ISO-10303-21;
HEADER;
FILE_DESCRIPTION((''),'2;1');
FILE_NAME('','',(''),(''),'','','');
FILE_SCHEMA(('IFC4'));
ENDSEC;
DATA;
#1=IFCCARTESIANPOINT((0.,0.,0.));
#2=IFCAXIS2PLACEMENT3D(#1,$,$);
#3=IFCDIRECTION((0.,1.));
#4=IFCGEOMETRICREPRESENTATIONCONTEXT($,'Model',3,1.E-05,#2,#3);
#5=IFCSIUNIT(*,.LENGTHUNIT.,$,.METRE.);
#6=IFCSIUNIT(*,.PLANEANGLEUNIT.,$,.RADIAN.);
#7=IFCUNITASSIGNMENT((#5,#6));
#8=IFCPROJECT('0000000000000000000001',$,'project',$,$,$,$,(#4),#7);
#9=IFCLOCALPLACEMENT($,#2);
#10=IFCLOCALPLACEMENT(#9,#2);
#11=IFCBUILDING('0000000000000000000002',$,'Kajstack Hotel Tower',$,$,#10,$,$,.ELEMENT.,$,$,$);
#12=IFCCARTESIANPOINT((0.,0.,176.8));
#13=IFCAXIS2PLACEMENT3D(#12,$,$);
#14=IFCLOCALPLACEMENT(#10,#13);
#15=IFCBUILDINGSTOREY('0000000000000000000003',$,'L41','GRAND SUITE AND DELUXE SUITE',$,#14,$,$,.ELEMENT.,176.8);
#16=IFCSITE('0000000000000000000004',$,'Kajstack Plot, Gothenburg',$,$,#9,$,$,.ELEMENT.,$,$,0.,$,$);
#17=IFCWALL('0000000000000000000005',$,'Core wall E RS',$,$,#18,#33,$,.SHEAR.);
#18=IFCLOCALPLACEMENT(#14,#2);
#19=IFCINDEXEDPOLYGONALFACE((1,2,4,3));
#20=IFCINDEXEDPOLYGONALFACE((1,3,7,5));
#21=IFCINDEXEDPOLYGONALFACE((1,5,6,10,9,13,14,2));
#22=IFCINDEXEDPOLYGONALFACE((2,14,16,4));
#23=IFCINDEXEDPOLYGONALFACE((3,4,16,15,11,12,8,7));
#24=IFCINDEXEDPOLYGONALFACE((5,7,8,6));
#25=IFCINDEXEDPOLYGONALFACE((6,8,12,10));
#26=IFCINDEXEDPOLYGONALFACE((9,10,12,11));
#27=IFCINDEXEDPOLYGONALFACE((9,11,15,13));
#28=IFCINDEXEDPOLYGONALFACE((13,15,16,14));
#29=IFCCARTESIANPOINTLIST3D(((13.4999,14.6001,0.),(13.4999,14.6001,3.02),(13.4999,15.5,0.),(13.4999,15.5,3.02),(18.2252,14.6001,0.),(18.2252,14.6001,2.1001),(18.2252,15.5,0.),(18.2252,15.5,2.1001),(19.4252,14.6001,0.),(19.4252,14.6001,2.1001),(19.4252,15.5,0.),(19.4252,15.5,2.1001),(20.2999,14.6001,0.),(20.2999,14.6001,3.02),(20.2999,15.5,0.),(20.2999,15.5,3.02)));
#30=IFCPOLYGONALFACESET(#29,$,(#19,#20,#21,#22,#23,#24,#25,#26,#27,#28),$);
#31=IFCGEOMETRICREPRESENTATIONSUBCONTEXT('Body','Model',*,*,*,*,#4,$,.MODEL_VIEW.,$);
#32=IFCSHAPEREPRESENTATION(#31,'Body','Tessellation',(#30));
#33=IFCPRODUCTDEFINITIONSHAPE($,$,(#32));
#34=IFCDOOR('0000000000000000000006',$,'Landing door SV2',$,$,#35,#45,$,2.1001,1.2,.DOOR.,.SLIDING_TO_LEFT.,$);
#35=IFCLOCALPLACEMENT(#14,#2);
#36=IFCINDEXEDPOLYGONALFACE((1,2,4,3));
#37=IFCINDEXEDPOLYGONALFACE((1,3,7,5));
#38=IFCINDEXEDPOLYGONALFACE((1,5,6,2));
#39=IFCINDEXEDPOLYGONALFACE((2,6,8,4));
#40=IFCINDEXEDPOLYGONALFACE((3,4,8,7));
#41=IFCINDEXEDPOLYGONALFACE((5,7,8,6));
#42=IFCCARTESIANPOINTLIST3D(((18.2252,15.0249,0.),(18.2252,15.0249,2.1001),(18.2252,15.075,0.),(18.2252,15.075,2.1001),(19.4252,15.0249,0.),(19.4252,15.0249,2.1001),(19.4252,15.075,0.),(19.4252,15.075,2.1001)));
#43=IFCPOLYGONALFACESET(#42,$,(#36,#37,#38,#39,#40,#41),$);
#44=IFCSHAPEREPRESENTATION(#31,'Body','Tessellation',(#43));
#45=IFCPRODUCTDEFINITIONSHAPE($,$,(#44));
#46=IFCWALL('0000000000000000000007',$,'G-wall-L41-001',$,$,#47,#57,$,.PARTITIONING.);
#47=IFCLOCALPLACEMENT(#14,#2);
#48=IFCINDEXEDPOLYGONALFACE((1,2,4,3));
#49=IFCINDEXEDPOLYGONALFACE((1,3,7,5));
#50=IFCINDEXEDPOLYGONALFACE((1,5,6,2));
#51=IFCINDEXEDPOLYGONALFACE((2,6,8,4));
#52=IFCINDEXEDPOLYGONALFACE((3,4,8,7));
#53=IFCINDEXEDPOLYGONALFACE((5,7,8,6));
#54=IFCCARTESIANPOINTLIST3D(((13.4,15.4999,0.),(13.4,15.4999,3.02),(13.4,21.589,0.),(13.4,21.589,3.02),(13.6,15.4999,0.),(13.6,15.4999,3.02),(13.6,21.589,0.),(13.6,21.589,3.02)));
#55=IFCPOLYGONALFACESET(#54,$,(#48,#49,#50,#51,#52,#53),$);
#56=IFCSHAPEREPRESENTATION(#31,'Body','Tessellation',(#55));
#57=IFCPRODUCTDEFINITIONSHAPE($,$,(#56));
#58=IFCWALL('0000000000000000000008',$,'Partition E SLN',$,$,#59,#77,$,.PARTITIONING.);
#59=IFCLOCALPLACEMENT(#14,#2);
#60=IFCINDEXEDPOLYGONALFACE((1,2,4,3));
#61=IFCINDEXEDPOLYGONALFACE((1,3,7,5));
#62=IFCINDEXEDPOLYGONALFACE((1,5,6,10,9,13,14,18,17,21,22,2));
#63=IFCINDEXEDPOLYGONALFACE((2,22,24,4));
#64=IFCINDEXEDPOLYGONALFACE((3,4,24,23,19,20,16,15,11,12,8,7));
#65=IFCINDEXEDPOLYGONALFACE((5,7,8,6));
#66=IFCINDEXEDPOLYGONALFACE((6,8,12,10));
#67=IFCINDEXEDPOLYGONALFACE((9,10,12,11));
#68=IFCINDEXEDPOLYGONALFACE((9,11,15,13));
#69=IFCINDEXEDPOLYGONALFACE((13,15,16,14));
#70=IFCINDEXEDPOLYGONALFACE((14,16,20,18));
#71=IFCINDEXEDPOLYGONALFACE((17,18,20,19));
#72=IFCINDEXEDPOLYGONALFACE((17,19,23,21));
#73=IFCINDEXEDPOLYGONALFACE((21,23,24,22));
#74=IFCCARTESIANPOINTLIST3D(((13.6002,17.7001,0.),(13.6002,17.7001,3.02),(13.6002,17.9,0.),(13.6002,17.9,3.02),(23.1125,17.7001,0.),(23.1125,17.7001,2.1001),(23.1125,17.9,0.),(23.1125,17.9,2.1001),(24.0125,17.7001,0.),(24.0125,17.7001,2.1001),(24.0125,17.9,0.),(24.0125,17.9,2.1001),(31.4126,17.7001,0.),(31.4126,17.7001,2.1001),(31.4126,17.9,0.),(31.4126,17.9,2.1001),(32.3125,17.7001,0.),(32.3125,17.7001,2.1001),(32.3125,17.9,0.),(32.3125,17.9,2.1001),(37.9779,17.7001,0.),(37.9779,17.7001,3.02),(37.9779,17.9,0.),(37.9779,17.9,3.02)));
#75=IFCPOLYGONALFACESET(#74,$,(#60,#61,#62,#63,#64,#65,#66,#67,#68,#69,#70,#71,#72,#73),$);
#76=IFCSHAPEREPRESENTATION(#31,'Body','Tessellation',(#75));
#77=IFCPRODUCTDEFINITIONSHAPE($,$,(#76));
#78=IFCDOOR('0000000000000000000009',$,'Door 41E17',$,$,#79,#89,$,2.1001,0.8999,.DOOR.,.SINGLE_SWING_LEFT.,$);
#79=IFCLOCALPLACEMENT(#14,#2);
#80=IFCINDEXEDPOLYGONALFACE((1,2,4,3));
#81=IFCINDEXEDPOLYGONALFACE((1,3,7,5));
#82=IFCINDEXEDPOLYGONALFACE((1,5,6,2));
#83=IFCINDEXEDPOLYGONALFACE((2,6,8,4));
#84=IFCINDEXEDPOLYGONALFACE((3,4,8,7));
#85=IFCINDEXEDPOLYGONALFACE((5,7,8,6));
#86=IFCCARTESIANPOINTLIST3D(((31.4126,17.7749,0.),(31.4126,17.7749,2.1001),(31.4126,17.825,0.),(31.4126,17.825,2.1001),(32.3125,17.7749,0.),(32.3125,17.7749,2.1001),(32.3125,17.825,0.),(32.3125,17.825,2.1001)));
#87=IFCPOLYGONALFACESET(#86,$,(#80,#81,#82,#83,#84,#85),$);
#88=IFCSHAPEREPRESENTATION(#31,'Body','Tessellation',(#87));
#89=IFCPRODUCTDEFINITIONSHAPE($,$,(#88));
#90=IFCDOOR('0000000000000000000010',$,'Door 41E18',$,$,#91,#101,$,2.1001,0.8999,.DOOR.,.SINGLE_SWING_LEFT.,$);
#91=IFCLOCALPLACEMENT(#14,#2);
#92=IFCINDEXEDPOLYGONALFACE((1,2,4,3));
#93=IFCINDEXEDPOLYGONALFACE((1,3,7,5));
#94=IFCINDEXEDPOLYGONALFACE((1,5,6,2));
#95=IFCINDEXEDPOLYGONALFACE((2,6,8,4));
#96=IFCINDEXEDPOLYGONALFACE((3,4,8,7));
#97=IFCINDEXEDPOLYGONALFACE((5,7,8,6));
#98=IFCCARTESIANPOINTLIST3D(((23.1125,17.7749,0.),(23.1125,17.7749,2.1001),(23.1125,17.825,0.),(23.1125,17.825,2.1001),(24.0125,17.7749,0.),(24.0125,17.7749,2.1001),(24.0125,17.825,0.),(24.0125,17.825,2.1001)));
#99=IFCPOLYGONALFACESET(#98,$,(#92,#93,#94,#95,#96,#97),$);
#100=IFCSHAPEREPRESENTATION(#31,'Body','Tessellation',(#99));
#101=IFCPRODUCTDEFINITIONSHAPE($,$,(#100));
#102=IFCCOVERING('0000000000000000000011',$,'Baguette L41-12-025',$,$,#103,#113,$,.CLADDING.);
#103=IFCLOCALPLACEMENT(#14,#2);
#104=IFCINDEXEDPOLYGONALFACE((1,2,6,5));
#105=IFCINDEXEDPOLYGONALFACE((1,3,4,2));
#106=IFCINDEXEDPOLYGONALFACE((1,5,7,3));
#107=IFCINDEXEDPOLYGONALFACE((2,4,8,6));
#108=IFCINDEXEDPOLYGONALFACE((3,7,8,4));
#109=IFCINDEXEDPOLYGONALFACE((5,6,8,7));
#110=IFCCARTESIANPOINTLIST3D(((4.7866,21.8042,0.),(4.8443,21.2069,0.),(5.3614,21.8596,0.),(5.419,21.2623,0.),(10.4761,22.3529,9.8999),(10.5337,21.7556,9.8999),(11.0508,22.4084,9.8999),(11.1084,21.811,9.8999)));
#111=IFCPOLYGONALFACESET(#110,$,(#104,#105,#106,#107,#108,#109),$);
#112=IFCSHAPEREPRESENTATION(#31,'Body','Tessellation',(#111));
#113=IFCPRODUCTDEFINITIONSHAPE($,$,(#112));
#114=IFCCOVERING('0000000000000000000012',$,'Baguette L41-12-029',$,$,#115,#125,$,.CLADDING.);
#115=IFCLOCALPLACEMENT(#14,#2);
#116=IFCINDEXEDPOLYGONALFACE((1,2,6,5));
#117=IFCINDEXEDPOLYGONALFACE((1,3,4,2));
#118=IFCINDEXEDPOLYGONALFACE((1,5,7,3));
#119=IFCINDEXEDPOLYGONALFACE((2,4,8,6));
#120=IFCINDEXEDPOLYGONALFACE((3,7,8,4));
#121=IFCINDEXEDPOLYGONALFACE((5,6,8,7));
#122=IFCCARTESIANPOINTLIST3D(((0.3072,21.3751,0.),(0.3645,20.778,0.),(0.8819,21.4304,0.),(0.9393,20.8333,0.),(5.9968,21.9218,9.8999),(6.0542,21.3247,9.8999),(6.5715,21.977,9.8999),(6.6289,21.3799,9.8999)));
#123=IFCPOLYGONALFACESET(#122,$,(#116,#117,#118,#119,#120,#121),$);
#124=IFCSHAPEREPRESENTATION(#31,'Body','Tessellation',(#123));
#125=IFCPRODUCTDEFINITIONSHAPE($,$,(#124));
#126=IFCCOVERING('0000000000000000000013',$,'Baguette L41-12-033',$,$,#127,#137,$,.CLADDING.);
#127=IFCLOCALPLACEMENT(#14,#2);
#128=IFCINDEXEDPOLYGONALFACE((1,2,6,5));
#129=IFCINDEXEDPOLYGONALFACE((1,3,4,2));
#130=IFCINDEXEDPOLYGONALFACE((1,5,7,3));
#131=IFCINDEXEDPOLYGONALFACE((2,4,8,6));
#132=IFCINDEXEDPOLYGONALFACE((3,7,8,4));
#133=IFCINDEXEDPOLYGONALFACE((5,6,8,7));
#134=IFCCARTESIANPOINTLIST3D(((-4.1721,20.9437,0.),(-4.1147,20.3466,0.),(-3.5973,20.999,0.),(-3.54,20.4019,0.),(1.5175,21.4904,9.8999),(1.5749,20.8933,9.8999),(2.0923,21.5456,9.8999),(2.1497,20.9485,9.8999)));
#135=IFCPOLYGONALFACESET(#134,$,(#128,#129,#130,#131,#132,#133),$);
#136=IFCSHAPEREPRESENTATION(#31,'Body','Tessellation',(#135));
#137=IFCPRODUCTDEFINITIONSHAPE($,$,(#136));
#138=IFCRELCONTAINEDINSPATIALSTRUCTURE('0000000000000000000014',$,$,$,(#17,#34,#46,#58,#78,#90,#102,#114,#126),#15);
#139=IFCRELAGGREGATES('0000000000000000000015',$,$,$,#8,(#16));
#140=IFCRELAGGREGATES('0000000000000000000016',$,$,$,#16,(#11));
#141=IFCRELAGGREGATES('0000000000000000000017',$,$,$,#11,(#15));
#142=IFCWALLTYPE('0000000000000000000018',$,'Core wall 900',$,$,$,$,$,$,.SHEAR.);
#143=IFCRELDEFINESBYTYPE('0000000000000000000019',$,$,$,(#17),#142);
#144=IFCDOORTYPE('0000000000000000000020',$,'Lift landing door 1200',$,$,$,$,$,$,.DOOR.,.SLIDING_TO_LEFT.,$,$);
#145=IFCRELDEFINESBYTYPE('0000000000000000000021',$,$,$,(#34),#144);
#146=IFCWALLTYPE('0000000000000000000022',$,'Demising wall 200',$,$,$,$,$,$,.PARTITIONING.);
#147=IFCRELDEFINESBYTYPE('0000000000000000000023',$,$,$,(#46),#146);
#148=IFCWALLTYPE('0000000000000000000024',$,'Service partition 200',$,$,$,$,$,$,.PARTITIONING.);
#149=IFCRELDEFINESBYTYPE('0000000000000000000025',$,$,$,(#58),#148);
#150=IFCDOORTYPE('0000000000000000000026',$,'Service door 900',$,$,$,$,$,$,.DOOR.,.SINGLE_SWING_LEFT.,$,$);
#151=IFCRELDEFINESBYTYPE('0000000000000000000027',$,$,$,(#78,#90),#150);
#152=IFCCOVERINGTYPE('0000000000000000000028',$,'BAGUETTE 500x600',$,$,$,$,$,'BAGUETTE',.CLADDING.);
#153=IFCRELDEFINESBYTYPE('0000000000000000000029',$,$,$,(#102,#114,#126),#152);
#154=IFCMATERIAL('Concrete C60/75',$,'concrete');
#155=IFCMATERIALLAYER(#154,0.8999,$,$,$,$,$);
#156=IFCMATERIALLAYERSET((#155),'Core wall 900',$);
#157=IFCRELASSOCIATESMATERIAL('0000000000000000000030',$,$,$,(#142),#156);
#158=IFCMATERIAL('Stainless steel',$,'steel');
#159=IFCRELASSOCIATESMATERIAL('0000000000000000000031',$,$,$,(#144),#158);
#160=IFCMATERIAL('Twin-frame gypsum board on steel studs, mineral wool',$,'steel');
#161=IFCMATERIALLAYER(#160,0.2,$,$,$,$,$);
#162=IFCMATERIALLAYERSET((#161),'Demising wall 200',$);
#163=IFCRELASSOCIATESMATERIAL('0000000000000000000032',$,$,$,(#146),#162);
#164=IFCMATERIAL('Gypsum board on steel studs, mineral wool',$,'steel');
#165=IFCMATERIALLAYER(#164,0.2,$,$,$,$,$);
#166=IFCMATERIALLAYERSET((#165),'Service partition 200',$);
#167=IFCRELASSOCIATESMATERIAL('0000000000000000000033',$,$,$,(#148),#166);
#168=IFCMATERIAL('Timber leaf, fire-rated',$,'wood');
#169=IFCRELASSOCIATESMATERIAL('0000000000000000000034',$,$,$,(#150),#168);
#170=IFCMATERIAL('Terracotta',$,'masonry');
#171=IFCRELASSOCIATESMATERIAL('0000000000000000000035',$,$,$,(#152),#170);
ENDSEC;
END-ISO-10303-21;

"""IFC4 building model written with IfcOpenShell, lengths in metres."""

from ifc_helpers import new_model, si_unit, direction, frame, frame_2d, origin, origin_2d, place, context, subcontext, project, spatial, polyline, rectangle, outline, extrude, material, layer, layer_set, material_profile, profile_set, type_object, element, fill, save


model = new_model("IFC4")

# Units and contexts
model_context = context("Model", 3, precision=1e-05, world=origin(), true_north=direction((0.0, 1.0)))
body_context = subcontext(model_context, "Body", "Model", "MODEL_VIEW")
ifc_project = project(units=[si_unit("LENGTHUNIT", "METRE"), si_unit("PLANEANGLEUNIT", "RADIAN")], contexts=[model_context])

# Site, building, storey
site_placement = place(None, origin())
site = spatial("IfcSite", under=ifc_project, at=site_placement, Name="Kajstack Plot, Gothenburg", CompositionType="ELEMENT", RefElevation=0.0)
building_placement = place(site_placement, origin())
building = spatial("IfcBuilding", under=site, at=building_placement, Name="Kajstack Hotel Tower", CompositionType="ELEMENT")
storey_placement = place(building_placement, frame((0.0, 0.0, 176.8)))
storey = spatial("IfcBuildingStorey", under=building, at=storey_placement, Name="L41", Description="GRAND SUITE AND DELUXE SUITE", CompositionType="ELEMENT", Elevation=176.8)

# Wall, opening, door
ifc_material_1 = material(Name="Concrete C60/75", Category="concrete")
ifc_layer_1 = layer(ifc_material_1, 0.8999)
ifc_layer_set_1 = layer_set([ifc_layer_1], Name="Core wall 900")
wall_type_1 = type_object("IfcWallType", Name="Core wall 900", PredefinedType="SHEAR", material=ifc_layer_set_1)
wall_1_placement = place(storey_placement, frame((13.5, 15.05, 0.0), z_axis=(0.0, 0.0, 1.0), x_axis=(1.0, 0.0, 0.0)))
wall_1 = element("IfcWall", 1, at=wall_1_placement, inside=storey, type_object=wall_type_1, Name="Core wall E RS", PredefinedType="SHEAR", context=body_context, shape_type="SweptSolid", body=[
    extrude(rectangle(XDim=6.8, YDim=0.8999, at=frame_2d((3.3999, 0.0))), origin(), (0.0, 0.0, 1.0), 3.02),
])
opening_1_placement = place(wall_1_placement, frame((4.7251, 0.0, 0.0)))
opening_1 = element("IfcOpeningElement", 2, at=opening_1_placement, cuts=wall_1, PredefinedType="OPENING", context=body_context, shape_type="SweptSolid", body=[
    extrude(rectangle(XDim=1.2, YDim=2.1001, at=frame_2d((0.6001, 1.05))), frame((0.0, 0.46, 0.0), z_axis=(0.0, -1.0, 0.0), x_axis=(1.0, 0.0, 0.0)), (0.0, 0.0, 1.0), 0.9199),
])
ifc_material_2 = material(Name="Stainless steel", Category="steel")
door_type_1 = type_object("IfcDoorType", Name="Lift landing door 1200", OperationType="SLIDING_TO_LEFT", PredefinedType="DOOR", material=ifc_material_2)
door_1_placement = place(opening_1_placement, origin())
door_1 = element("IfcDoor", 3, at=door_1_placement, inside=storey, type_object=door_type_1, Name="Landing door SV2", OperationType="SLIDING_TO_LEFT", OverallHeight=2.1001, OverallWidth=1.2, PredefinedType="DOOR", context=body_context, shape_type="SweptSolid", body=[
    extrude(rectangle(XDim=1.2, YDim=2.1001, at=frame_2d((0.6001, 1.05))), frame((0.0, 0.0249, 0.0), z_axis=(0.0, -1.0, 0.0), x_axis=(1.0, 0.0, 0.0)), (0.0, 0.0, 1.0), 0.05),
])
fill(opening_1, door_1)

# Wall
ifc_material_3 = material(Name="Twin-frame gypsum board on steel studs, mineral wool", Category="steel")
ifc_layer_2 = layer(ifc_material_3, 0.2)
ifc_layer_set_2 = layer_set([ifc_layer_2], Name="Demising wall 200")
wall_type_2 = type_object("IfcWallType", Name="Demising wall 200", PredefinedType="PARTITIONING", material=ifc_layer_set_2)
wall_2_placement = place(storey_placement, frame((13.5, 15.5, 0.0), z_axis=(0.0, 0.0, 1.0), x_axis=(0.0, 1.0, 0.0)))
element("IfcWall", 4, at=wall_2_placement, inside=storey, type_object=wall_type_2, Name="G-wall-L41-001", PredefinedType="PARTITIONING", context=body_context, shape_type="SweptSolid", body=[
    extrude(rectangle(XDim=6.0891, YDim=0.2, at=frame_2d((3.0444, 0.0))), origin(), (0.0, 0.0, 1.0), 3.02),
])

# Wall, openings, doors
ifc_material_4 = material(Name="Gypsum board on steel studs, mineral wool", Category="steel")
ifc_layer_3 = layer(ifc_material_4, 0.2)
ifc_layer_set_3 = layer_set([ifc_layer_3], Name="Service partition 200")
wall_type_3 = type_object("IfcWallType", Name="Service partition 200", PredefinedType="PARTITIONING", material=ifc_layer_set_3)
wall_3_placement = place(storey_placement, frame((13.6001, 17.8, 0.0), z_axis=(0.0, 0.0, 1.0), x_axis=(1.0, 0.0, 0.0)))
wall_3 = element("IfcWall", 5, at=wall_3_placement, inside=storey, type_object=wall_type_3, Name="Partition E SLN", PredefinedType="PARTITIONING", context=body_context, shape_type="SweptSolid", body=[
    extrude(rectangle(XDim=24.3777, YDim=0.2, at=frame_2d((12.189, 0.0))), origin(), (0.0, 0.0, 1.0), 3.02),
])
opening_2_placement = place(wall_3_placement, frame((17.8125, 0.0, 0.0)))
opening_2 = element("IfcOpeningElement", 6, at=opening_2_placement, cuts=wall_3, PredefinedType="OPENING", context=body_context, shape_type="SweptSolid", body=[
    extrude(rectangle(XDim=0.8999, YDim=2.1001, at=frame_2d((0.45, 1.05))), frame((0.0, 0.1099, 0.0), z_axis=(0.0, -1.0, 0.0), x_axis=(1.0, 0.0, 0.0)), (0.0, 0.0, 1.0), 0.22),
])
opening_3_placement = place(wall_3_placement, frame((9.5125, 0.0, 0.0)))
opening_3 = element("IfcOpeningElement", 7, at=opening_3_placement, cuts=wall_3, PredefinedType="OPENING", context=body_context, shape_type="SweptSolid", body=[
    extrude(rectangle(XDim=0.8999, YDim=2.1001, at=frame_2d((0.45, 1.05))), frame((0.0, 0.1099, 0.0), z_axis=(0.0, -1.0, 0.0), x_axis=(1.0, 0.0, 0.0)), (0.0, 0.0, 1.0), 0.22),
])
ifc_material_5 = material(Name="Timber leaf, fire-rated", Category="wood")
door_type_2 = type_object("IfcDoorType", Name="Service door 900", OperationType="SINGLE_SWING_LEFT", PredefinedType="DOOR", material=ifc_material_5)
door_2_placement = place(opening_2_placement, origin())
door_2 = element("IfcDoor", 8, at=door_2_placement, inside=storey, type_object=door_type_2, Name="Door 41E17", OperationType="SINGLE_SWING_LEFT", OverallHeight=2.1001, OverallWidth=0.8999, PredefinedType="DOOR", context=body_context, shape_type="SweptSolid", body=[
    extrude(rectangle(XDim=0.8999, YDim=2.1001, at=frame_2d((0.45, 1.05))), frame((0.0, 0.0249, 0.0), z_axis=(0.0, -1.0, 0.0), x_axis=(1.0, 0.0, 0.0)), (0.0, 0.0, 1.0), 0.05),
])
fill(opening_2, door_2)
door_3_placement = place(opening_3_placement, origin())
door_3 = element("IfcDoor", 9, at=door_3_placement, inside=storey, type_object=door_type_2, Name="Door 41E18", OperationType="SINGLE_SWING_LEFT", OverallHeight=2.1001, OverallWidth=0.8999, PredefinedType="DOOR", context=body_context, shape_type="SweptSolid", body=[
    extrude(rectangle(XDim=0.8999, YDim=2.1001, at=frame_2d((0.45, 1.05))), frame((0.0, 0.0249, 0.0), z_axis=(0.0, -1.0, 0.0), x_axis=(1.0, 0.0, 0.0)), (0.0, 0.0, 1.0), 0.05),
])
fill(opening_3, door_3)

# Coverings
ifc_material_6 = material(Name="Terracotta", Category="masonry")
ifc_material_profile = material_profile(ifc_material_6, rectangle(XDim=0.6001, YDim=0.5, at=origin_2d()), Name="Terracotta-clad concrete baguette 500 x 600")
ifc_profile_set = profile_set([ifc_material_profile], Name="Terracotta")
covering_type = type_object("IfcCoveringType", Name="BAGUETTE 500x600", ElementType="BAGUETTE", PredefinedType="CLADDING", material=ifc_profile_set)
covering_placement = place(storey_placement, frame((11.1084, 21.811, 0.0), z_axis=(-0.095999, 0.995381, 0.0), x_axis=(-0.995381, -0.095999, 0.0)))
element("IfcCovering", 10, at=covering_placement, inside=storey, type_object=covering_type, Name="Baguette L41-12-025", PredefinedType="CLADDING", context=body_context, shape_type="SweptSolid", body=[
    extrude(outline(polyline([(0.0, 9.8999), (5.7158, 0.0), (6.2932, 0.0), (0.5774, 9.8999), (0.0, 9.8999)])), origin(), (0.0, 0.0, 1.0), 0.6001),
])
for number, where, z_axis, x_axis, name in (
    (11, (6.6289, 21.3799, 0.0), (-0.095635, 0.995416, 0.0), (-0.995416, -0.095635, 0.0), "Baguette L41-12-029"),
    (12, (2.1497, 20.9485, 0.0), (-0.095635, 0.995416, 0.0), (-0.995416, -0.095635, 0.0), "Baguette L41-12-033"),
):
    element("IfcCovering", number, at=place(storey_placement, frame(where, z_axis=z_axis, x_axis=x_axis)), inside=storey, type_object=covering_type, Name=name, PredefinedType="CLADDING", context=body_context, shape_type="SweptSolid", body=[
        extrude(outline(polyline([(0.0, 9.8999), (5.7158, 0.0), (6.2932, 0.0), (0.5774, 9.8999), (0.0, 9.8999)])), origin(), (0.0, 0.0, 1.0), 0.5999),
    ])

save(model, "model.ifc")
